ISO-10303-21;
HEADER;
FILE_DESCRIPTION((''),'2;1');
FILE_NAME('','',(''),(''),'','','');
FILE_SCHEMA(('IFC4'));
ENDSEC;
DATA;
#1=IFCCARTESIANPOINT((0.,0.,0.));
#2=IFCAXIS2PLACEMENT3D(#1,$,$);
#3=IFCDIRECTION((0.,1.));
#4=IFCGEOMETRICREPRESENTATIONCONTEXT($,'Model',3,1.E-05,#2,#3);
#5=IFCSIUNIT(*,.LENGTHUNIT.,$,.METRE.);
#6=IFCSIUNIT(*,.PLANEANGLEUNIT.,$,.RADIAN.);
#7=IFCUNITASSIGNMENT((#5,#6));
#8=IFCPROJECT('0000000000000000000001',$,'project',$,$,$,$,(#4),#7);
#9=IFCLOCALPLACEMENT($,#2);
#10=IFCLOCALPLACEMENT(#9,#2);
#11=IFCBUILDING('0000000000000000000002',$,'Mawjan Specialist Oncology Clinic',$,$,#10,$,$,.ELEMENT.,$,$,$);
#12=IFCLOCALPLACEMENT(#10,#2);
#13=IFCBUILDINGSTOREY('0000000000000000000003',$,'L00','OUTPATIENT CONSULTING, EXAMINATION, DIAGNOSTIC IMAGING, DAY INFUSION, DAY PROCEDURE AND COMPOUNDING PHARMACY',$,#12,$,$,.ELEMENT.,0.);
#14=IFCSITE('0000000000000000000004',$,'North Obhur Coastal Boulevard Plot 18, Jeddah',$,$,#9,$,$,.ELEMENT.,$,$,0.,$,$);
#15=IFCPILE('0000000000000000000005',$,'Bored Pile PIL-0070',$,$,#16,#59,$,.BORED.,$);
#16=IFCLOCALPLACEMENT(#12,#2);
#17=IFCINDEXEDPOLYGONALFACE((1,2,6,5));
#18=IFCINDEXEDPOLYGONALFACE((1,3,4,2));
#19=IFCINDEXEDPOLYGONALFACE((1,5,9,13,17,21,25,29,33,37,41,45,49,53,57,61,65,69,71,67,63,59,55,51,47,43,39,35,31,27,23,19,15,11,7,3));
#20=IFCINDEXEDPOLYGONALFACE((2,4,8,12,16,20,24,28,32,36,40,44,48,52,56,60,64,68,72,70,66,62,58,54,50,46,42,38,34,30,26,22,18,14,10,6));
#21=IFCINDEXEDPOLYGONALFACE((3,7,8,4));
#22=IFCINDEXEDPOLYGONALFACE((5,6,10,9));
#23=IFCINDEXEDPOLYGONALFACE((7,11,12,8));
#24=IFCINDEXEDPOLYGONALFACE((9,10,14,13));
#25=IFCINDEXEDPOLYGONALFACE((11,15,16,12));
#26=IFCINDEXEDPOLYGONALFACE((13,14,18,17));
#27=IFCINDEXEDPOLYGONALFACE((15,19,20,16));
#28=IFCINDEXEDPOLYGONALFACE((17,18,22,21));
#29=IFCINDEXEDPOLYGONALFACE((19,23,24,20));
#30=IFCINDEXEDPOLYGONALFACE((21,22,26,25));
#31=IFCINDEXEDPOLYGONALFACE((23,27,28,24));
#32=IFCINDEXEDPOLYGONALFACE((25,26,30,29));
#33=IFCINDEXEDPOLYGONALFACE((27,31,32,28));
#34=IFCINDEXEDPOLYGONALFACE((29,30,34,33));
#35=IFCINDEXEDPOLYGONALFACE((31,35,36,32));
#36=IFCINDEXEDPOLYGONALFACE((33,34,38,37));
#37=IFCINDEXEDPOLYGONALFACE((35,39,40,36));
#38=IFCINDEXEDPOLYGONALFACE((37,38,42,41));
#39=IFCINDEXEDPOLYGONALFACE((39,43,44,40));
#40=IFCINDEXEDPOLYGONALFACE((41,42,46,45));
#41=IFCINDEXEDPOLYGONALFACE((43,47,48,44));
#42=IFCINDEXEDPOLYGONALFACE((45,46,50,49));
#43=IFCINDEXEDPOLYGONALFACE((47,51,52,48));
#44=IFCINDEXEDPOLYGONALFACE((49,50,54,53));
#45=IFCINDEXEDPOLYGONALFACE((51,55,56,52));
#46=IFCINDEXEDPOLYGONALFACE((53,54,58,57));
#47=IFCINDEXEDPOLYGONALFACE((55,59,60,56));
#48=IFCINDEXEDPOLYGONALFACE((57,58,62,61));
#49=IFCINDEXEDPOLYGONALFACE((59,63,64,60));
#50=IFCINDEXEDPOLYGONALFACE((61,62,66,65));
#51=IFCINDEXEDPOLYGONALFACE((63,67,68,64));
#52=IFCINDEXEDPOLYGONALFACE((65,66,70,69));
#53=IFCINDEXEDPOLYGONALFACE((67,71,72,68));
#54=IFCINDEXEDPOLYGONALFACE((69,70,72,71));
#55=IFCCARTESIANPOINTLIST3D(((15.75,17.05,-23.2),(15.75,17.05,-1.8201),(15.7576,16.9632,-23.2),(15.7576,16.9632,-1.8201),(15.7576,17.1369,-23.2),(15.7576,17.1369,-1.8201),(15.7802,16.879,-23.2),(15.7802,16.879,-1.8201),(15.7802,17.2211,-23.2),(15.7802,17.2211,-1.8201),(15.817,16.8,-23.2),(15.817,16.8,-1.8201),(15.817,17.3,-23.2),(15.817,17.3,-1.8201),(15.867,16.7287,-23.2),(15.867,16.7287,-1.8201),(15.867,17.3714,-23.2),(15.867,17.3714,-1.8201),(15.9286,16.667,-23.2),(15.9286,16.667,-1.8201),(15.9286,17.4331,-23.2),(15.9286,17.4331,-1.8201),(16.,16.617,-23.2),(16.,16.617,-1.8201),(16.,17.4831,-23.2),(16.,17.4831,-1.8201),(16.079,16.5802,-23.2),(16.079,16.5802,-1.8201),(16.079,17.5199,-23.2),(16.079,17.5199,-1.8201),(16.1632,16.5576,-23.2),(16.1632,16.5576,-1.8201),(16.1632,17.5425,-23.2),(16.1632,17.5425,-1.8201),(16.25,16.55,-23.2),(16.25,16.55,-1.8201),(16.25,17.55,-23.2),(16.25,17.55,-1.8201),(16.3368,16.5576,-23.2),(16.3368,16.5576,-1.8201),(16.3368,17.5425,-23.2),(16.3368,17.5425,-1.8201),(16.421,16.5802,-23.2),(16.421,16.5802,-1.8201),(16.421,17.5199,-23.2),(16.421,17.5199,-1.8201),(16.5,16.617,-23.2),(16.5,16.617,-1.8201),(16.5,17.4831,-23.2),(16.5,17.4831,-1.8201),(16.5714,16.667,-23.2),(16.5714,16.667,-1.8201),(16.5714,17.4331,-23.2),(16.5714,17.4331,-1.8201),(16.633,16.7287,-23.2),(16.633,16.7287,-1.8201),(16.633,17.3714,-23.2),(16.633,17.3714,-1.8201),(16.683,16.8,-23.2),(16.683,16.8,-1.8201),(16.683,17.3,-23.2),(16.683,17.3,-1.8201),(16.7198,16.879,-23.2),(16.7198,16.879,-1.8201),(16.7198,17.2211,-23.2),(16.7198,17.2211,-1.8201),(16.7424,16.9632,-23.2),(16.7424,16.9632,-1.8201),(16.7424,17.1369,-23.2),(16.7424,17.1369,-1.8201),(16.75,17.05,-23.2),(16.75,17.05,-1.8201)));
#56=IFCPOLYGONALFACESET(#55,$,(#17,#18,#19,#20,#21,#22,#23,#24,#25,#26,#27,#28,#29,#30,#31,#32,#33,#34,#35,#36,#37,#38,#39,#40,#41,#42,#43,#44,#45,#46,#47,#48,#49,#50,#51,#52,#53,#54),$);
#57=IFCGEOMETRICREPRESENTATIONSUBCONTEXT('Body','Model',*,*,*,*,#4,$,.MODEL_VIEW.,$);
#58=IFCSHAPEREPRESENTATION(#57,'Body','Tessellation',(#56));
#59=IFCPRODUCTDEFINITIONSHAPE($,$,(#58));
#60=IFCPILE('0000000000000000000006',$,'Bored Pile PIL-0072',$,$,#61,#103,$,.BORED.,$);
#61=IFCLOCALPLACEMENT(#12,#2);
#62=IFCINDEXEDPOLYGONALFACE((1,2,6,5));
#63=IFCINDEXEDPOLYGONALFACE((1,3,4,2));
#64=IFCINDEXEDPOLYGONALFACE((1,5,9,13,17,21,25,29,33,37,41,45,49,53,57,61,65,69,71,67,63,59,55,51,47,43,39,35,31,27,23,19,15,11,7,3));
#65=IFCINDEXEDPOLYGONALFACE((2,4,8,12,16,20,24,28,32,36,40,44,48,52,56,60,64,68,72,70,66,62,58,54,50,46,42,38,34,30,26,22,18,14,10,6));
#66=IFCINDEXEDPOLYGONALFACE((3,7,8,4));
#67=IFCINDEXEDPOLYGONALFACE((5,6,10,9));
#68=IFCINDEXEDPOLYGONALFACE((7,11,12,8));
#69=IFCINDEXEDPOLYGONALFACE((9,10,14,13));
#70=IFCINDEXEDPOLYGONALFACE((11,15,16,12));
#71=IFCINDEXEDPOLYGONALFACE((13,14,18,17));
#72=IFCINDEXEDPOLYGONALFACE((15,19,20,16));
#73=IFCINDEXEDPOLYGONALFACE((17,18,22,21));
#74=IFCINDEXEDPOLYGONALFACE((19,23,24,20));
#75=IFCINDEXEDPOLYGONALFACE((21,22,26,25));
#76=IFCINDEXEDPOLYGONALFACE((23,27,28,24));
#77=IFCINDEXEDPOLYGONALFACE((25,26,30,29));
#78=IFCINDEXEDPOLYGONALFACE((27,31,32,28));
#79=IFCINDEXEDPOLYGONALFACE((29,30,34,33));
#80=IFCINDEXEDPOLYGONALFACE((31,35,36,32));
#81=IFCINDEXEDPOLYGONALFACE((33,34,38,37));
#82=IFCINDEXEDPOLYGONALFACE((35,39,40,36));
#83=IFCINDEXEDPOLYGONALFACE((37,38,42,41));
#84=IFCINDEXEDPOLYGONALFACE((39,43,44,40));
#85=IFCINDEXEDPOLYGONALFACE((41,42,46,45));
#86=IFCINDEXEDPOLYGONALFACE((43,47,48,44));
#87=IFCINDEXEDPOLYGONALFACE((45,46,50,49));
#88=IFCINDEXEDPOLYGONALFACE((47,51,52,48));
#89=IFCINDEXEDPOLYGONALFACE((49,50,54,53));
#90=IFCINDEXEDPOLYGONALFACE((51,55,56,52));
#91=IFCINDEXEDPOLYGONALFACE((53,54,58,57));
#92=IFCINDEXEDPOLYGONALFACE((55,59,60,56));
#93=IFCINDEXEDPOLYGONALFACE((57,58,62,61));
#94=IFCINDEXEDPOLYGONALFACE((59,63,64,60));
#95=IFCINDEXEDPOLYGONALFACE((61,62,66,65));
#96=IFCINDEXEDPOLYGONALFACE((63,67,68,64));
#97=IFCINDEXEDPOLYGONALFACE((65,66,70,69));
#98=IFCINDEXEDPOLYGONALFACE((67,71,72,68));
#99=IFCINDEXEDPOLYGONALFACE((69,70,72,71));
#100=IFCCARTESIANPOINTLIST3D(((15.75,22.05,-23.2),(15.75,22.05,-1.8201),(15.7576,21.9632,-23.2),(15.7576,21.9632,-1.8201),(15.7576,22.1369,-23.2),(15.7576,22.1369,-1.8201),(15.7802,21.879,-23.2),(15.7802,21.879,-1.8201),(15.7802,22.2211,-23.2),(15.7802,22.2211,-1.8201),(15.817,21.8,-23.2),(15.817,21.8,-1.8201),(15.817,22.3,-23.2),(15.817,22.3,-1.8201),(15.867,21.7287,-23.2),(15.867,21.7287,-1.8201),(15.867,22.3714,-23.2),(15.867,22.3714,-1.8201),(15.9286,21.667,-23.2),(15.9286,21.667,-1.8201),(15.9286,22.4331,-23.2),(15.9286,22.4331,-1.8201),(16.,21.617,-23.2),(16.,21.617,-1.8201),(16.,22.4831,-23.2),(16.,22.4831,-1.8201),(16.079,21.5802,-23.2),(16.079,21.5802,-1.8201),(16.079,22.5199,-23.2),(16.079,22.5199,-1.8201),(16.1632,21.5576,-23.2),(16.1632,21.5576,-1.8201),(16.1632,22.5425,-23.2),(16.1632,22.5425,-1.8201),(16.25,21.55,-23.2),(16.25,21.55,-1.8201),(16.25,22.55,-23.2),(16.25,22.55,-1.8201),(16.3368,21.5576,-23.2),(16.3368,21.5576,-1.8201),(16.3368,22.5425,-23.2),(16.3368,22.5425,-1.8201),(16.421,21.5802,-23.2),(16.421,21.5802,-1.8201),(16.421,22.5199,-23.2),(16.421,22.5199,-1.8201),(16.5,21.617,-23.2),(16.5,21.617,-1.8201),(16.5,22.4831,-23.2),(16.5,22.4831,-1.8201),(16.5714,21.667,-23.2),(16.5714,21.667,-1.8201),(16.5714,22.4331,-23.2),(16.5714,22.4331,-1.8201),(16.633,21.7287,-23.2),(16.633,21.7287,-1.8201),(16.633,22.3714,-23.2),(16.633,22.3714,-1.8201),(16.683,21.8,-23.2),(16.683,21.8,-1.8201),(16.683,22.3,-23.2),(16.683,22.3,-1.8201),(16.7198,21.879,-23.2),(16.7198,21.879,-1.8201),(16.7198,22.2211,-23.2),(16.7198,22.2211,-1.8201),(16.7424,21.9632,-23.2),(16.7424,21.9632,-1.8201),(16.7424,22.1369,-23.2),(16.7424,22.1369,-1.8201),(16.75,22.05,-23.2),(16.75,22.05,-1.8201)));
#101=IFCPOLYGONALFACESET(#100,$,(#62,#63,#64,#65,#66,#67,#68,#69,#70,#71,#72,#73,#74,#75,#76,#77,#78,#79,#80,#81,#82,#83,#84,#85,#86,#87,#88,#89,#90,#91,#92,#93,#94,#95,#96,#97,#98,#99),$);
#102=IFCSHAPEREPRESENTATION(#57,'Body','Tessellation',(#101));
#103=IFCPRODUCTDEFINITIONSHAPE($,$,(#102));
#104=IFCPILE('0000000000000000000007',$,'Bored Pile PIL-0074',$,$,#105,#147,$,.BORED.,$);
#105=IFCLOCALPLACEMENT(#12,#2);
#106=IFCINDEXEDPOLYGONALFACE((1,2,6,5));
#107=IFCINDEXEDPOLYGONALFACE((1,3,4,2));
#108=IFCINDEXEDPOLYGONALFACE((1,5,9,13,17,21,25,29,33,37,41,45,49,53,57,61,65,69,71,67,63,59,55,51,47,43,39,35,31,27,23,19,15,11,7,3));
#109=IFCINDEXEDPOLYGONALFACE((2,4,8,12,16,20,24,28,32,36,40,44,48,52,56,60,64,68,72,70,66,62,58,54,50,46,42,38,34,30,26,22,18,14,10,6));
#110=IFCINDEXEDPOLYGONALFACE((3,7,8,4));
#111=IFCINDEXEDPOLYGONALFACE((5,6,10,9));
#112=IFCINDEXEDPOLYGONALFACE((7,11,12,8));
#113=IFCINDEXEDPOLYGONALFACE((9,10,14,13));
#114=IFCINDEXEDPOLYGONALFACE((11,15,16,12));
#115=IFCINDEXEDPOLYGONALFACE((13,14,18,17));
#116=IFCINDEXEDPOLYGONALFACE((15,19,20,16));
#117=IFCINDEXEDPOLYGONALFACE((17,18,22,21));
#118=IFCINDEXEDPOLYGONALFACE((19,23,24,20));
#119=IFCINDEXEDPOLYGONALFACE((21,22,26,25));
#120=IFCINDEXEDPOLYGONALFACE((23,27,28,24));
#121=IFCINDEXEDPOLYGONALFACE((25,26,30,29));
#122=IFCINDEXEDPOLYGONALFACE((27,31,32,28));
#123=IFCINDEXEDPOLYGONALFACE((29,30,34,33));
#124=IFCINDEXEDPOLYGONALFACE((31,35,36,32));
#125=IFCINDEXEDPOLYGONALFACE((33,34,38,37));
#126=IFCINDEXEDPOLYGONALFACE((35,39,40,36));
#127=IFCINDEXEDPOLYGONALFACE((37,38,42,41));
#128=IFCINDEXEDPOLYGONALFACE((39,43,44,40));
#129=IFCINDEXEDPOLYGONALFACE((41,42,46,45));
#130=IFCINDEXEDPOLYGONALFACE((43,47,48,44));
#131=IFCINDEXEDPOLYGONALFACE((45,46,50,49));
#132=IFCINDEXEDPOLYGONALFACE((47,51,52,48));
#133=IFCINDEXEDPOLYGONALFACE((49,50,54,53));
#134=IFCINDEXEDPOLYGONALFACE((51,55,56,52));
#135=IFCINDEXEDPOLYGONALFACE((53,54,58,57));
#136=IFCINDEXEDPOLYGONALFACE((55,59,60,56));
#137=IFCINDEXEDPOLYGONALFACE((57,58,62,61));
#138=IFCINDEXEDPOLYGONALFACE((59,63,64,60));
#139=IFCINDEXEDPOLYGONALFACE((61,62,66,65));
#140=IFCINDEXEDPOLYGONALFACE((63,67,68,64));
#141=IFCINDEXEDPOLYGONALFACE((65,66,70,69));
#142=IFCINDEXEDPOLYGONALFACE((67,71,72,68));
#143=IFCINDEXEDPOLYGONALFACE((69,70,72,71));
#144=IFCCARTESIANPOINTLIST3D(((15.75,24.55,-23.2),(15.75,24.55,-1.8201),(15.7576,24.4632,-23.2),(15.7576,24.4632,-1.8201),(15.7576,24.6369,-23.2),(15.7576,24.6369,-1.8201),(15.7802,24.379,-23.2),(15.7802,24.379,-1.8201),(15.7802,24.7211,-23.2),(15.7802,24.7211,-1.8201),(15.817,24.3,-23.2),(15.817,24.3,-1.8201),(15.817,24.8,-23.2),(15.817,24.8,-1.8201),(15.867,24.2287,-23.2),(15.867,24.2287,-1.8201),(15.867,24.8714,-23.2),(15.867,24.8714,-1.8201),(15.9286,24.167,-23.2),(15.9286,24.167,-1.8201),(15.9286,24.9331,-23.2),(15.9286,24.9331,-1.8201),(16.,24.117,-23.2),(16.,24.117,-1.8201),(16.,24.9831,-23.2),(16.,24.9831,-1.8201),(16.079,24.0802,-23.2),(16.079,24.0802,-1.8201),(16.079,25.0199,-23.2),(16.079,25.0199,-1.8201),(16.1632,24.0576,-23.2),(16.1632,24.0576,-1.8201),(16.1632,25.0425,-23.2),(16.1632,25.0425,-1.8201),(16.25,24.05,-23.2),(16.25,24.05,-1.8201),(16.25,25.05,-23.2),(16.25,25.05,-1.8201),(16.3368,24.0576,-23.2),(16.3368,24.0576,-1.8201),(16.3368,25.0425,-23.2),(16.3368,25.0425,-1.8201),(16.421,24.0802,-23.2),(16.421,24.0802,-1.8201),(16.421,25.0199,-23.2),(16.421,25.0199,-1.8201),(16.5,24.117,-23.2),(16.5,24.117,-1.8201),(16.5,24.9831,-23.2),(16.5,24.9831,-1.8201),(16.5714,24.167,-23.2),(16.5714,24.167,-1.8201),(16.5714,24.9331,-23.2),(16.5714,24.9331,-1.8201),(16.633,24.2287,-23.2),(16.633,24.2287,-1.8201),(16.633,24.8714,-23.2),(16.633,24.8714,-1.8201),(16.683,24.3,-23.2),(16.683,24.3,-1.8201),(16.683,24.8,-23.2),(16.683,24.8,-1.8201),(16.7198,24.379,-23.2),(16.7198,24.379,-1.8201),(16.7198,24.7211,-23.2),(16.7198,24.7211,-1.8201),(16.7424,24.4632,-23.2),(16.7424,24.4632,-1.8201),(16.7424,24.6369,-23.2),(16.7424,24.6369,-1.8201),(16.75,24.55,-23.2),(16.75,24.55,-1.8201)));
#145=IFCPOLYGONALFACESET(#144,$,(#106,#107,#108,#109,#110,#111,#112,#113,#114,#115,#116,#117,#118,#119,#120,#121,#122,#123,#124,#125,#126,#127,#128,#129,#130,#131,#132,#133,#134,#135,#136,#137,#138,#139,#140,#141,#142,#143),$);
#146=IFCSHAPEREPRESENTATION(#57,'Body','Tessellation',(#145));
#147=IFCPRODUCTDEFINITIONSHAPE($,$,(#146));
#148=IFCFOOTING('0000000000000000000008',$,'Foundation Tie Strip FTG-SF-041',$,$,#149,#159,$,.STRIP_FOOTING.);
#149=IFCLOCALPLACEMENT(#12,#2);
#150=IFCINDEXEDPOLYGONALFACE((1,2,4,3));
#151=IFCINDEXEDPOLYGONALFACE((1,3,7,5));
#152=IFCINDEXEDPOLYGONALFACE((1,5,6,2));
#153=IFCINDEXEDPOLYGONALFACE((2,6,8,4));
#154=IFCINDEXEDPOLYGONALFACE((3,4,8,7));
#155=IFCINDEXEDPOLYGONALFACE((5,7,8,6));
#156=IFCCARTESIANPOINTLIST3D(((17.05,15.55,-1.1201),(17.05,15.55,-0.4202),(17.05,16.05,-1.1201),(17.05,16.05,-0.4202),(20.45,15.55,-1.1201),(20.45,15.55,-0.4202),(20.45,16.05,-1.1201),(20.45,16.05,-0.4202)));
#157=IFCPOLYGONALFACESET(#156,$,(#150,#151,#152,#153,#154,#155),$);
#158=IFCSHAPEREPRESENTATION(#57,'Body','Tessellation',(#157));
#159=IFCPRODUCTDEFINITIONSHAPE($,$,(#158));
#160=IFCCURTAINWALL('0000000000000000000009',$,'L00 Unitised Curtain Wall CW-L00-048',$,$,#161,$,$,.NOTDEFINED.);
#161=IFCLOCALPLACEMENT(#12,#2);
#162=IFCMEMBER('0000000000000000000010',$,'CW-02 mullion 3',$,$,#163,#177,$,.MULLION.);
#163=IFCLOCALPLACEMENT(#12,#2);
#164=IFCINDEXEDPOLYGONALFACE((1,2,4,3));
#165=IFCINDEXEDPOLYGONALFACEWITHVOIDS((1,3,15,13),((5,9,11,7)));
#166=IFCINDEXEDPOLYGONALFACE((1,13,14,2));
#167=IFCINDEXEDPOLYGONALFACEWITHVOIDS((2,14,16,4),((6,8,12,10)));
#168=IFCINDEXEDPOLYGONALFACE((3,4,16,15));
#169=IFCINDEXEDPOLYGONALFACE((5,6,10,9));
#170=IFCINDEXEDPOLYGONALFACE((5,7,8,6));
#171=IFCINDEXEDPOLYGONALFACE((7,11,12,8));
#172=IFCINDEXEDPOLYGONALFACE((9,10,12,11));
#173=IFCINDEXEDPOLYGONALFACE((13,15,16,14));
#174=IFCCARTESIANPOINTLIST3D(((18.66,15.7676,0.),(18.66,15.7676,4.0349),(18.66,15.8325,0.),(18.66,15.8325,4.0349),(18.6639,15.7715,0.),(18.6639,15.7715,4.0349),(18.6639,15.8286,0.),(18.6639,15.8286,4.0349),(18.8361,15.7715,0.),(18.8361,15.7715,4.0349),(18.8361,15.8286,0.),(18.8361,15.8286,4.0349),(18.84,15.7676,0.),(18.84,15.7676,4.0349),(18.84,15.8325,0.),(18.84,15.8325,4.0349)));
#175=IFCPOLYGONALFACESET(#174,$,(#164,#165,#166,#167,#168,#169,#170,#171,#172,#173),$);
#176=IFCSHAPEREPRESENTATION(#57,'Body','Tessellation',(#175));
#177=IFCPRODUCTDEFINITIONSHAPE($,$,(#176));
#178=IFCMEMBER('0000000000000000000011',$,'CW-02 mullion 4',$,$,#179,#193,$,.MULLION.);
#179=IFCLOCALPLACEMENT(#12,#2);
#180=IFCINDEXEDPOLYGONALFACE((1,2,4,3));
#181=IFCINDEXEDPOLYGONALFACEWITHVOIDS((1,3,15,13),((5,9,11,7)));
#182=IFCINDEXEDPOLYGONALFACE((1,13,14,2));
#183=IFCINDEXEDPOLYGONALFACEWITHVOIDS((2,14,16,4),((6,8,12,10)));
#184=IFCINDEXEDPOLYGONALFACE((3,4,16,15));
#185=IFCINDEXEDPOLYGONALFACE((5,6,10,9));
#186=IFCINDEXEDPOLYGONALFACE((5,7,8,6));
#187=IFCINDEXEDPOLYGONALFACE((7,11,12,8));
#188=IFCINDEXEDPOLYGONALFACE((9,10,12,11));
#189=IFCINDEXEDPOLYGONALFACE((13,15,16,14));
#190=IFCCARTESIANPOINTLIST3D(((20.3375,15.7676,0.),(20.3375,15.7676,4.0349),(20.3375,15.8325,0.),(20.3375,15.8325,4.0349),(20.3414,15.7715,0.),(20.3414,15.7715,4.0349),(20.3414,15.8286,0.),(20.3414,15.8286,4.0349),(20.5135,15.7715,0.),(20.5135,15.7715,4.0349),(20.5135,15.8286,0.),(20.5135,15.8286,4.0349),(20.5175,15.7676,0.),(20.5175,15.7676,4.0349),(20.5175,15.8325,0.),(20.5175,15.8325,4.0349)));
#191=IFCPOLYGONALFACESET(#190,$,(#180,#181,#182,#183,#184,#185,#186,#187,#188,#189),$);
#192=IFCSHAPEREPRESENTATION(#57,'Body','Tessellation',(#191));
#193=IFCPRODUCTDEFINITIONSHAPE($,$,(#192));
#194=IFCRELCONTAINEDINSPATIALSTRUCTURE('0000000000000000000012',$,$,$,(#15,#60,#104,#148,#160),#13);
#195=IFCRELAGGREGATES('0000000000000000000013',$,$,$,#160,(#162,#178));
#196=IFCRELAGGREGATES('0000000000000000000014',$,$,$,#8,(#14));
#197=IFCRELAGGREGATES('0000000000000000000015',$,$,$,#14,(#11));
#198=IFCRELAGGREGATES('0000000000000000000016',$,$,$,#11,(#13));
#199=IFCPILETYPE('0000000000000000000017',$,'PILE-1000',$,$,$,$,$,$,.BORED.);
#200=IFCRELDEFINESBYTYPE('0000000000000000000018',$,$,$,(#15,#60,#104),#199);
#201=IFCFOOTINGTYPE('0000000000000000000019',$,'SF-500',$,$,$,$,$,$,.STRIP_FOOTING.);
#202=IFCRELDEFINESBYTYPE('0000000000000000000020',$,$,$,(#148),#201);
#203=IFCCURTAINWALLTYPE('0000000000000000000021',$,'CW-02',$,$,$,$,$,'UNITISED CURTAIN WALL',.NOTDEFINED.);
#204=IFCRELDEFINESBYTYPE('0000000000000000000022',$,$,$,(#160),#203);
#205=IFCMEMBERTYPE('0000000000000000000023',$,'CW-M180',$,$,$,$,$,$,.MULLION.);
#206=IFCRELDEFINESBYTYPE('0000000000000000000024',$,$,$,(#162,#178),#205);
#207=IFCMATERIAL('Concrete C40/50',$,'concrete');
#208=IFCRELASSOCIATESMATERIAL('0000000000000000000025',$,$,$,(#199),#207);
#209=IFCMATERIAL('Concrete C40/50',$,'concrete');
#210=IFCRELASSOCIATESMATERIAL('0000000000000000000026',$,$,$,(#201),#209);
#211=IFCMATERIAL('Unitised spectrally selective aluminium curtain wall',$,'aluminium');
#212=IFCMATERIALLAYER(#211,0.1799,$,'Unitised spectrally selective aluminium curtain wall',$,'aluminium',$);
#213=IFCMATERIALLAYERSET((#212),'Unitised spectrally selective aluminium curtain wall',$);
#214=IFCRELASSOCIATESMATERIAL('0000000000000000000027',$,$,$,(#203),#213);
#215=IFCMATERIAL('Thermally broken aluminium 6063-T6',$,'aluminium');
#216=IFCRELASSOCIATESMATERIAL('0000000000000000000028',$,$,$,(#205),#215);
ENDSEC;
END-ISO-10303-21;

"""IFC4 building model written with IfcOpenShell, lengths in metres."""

from ifc_helpers import new_model, si_unit, direction, frame, origin, origin_2d, place, context, subcontext, project, spatial, rectangle, hollow_rectangle, circle, extrude, material, layer, layer_set, material_profile, profile_set, type_object, element, aggregate, save


model = new_model("IFC4")

# Units and contexts
model_context = context("Model", 3, precision=1e-05, world=origin(), true_north=direction((0.0, 1.0)))
body_context = subcontext(model_context, "Body", "Model", "MODEL_VIEW")
ifc_project = project(units=[si_unit("LENGTHUNIT", "METRE"), si_unit("PLANEANGLEUNIT", "RADIAN")], contexts=[model_context])

# Site, building, storey
site_placement = place(None, origin())
site = spatial("IfcSite", under=ifc_project, at=site_placement, Name="North Obhur Coastal Boulevard Plot 18, Jeddah", CompositionType="ELEMENT", RefElevation=0.0)
building_placement = place(site_placement, origin())
building = spatial("IfcBuilding", under=site, at=building_placement, Name="Mawjan Specialist Oncology Clinic", CompositionType="ELEMENT")
storey_placement = place(building_placement, origin())
storey = spatial("IfcBuildingStorey", under=building, at=storey_placement, Name="L00", Description="OUTPATIENT CONSULTING, EXAMINATION, DIAGNOSTIC IMAGING, DAY INFUSION, DAY PROCEDURE AND COMPOUNDING PHARMACY", CompositionType="ELEMENT", Elevation=0.0)

# Piles
ifc_material_1 = material(Name="Concrete C40/50", Category="concrete")
ifc_material_profile_1 = material_profile(ifc_material_1, circle(Radius=0.5, at=origin_2d()), Name="BORED PILE D1000", Category="concrete")
ifc_profile_set_1 = profile_set([ifc_material_profile_1], Name="Concrete C40/50")
pile_type = type_object("IfcPileType", Name="PILE-1000", PredefinedType="BORED", material=ifc_profile_set_1)
for number, where, z_axis, x_axis, name in (
    (1, (16.25, 17.05, -1.8201), (0.0, 0.0, -1.0), (1.0, 0.0, 0.0), "Bored Pile PIL-0070"),
    (2, (16.25, 22.05, -1.8201), (0.0, 0.0, -1.0), (1.0, 0.0, 0.0), "Bored Pile PIL-0072"),
    (3, (16.25, 24.55, -1.8201), (0.0, 0.0, -1.0), (1.0, 0.0, 0.0), "Bored Pile PIL-0074"),
):
    element("IfcPile", number, at=place(storey_placement, frame(where, z_axis=z_axis, x_axis=x_axis)), inside=storey, type_object=pile_type, Name=name, PredefinedType="BORED", context=body_context, shape_type="SweptSolid", body=[
        extrude(circle(Radius=0.5, at=origin_2d()), origin(), (0.0, 0.0, 1.0), 21.3799),
    ])

# Footing
ifc_material_2 = material(Name="Concrete C40/50", Category="concrete")
footing_type = type_object("IfcFootingType", Name="SF-500", PredefinedType="STRIP_FOOTING", material=ifc_material_2)
footing_placement = place(storey_placement, frame((18.75, 15.8, -1.1201), z_axis=(0.0, 0.0, 1.0), x_axis=(1.0, 0.0, 0.0)))
element("IfcFooting", 4, at=footing_placement, inside=storey, type_object=footing_type, Name="Foundation Tie Strip FTG-SF-041", PredefinedType="STRIP_FOOTING", context=body_context, shape_type="SweptSolid", body=[
    extrude(rectangle(XDim=3.3999, YDim=0.5, at=origin_2d()), origin(), (0.0, 0.0, 1.0), 0.7),
])

# Curtain wall, members
ifc_material_3 = material(Name="Unitised spectrally selective aluminium curtain wall", Category="aluminium")
ifc_layer_1 = layer(ifc_material_3, 0.1799, Name="Unitised spectrally selective aluminium curtain wall", Category="aluminium")
ifc_layer_set_1 = layer_set([ifc_layer_1], Name="Unitised spectrally selective aluminium curtain wall")
curtain_wall_type = type_object("IfcCurtainWallType", Name="CW-02", ElementType="UNITISED CURTAIN WALL", PredefinedType="NOTDEFINED", material=ifc_layer_set_1)
curtain_wall_1_placement = place(storey_placement, origin())
curtain_wall_1 = element("IfcCurtainWall", 5, at=curtain_wall_1_placement, inside=storey, type_object=curtain_wall_type, Name="L00 Unitised Curtain Wall CW-L00-048", PredefinedType="NOTDEFINED")
ifc_material_4 = material(Name="Thermally broken aluminium 6063-T6", Category="aluminium")
ifc_material_profile_2 = material_profile(ifc_material_4, hollow_rectangle(XDim=0.0649, YDim=0.1799, WallThickness=0.0039, at=origin_2d()), Name="ALU MULLION 180x65x4", Category="aluminium")
ifc_profile_set_2 = profile_set([ifc_material_profile_2], Name="Thermally broken aluminium 6063-T6")
member_type_1 = type_object("IfcMemberType", Name="CW-M180", PredefinedType="MULLION", material=ifc_profile_set_2)
member_1_placement = place(storey_placement, frame((18.75, 15.8, 0.0), z_axis=(0.0, 0.0, 1.0), x_axis=(0.0, 1.0, 0.0)))
member_1 = element("IfcMember", 6, at=member_1_placement, type_object=member_type_1, Name="CW-02 mullion 3", PredefinedType="MULLION", context=body_context, shape_type="SweptSolid", body=[
    extrude(hollow_rectangle(XDim=0.0649, YDim=0.1799, WallThickness=0.0039, at=origin_2d()), origin(), (0.0, 0.0, 1.0), 4.0349),
])
member_2_placement = place(storey_placement, frame((20.4275, 15.8, 0.0), z_axis=(0.0, 0.0, 1.0), x_axis=(0.0, 1.0, 0.0)))
member_2 = element("IfcMember", 7, at=member_2_placement, type_object=member_type_1, Name="CW-02 mullion 4", PredefinedType="MULLION", context=body_context, shape_type="SweptSolid", body=[
    extrude(hollow_rectangle(XDim=0.0649, YDim=0.1799, WallThickness=0.0039, at=origin_2d()), origin(), (0.0, 0.0, 1.0), 4.0349),
])

aggregate(curtain_wall_1, [member_1, member_2])

save(model, "model.ifc")
